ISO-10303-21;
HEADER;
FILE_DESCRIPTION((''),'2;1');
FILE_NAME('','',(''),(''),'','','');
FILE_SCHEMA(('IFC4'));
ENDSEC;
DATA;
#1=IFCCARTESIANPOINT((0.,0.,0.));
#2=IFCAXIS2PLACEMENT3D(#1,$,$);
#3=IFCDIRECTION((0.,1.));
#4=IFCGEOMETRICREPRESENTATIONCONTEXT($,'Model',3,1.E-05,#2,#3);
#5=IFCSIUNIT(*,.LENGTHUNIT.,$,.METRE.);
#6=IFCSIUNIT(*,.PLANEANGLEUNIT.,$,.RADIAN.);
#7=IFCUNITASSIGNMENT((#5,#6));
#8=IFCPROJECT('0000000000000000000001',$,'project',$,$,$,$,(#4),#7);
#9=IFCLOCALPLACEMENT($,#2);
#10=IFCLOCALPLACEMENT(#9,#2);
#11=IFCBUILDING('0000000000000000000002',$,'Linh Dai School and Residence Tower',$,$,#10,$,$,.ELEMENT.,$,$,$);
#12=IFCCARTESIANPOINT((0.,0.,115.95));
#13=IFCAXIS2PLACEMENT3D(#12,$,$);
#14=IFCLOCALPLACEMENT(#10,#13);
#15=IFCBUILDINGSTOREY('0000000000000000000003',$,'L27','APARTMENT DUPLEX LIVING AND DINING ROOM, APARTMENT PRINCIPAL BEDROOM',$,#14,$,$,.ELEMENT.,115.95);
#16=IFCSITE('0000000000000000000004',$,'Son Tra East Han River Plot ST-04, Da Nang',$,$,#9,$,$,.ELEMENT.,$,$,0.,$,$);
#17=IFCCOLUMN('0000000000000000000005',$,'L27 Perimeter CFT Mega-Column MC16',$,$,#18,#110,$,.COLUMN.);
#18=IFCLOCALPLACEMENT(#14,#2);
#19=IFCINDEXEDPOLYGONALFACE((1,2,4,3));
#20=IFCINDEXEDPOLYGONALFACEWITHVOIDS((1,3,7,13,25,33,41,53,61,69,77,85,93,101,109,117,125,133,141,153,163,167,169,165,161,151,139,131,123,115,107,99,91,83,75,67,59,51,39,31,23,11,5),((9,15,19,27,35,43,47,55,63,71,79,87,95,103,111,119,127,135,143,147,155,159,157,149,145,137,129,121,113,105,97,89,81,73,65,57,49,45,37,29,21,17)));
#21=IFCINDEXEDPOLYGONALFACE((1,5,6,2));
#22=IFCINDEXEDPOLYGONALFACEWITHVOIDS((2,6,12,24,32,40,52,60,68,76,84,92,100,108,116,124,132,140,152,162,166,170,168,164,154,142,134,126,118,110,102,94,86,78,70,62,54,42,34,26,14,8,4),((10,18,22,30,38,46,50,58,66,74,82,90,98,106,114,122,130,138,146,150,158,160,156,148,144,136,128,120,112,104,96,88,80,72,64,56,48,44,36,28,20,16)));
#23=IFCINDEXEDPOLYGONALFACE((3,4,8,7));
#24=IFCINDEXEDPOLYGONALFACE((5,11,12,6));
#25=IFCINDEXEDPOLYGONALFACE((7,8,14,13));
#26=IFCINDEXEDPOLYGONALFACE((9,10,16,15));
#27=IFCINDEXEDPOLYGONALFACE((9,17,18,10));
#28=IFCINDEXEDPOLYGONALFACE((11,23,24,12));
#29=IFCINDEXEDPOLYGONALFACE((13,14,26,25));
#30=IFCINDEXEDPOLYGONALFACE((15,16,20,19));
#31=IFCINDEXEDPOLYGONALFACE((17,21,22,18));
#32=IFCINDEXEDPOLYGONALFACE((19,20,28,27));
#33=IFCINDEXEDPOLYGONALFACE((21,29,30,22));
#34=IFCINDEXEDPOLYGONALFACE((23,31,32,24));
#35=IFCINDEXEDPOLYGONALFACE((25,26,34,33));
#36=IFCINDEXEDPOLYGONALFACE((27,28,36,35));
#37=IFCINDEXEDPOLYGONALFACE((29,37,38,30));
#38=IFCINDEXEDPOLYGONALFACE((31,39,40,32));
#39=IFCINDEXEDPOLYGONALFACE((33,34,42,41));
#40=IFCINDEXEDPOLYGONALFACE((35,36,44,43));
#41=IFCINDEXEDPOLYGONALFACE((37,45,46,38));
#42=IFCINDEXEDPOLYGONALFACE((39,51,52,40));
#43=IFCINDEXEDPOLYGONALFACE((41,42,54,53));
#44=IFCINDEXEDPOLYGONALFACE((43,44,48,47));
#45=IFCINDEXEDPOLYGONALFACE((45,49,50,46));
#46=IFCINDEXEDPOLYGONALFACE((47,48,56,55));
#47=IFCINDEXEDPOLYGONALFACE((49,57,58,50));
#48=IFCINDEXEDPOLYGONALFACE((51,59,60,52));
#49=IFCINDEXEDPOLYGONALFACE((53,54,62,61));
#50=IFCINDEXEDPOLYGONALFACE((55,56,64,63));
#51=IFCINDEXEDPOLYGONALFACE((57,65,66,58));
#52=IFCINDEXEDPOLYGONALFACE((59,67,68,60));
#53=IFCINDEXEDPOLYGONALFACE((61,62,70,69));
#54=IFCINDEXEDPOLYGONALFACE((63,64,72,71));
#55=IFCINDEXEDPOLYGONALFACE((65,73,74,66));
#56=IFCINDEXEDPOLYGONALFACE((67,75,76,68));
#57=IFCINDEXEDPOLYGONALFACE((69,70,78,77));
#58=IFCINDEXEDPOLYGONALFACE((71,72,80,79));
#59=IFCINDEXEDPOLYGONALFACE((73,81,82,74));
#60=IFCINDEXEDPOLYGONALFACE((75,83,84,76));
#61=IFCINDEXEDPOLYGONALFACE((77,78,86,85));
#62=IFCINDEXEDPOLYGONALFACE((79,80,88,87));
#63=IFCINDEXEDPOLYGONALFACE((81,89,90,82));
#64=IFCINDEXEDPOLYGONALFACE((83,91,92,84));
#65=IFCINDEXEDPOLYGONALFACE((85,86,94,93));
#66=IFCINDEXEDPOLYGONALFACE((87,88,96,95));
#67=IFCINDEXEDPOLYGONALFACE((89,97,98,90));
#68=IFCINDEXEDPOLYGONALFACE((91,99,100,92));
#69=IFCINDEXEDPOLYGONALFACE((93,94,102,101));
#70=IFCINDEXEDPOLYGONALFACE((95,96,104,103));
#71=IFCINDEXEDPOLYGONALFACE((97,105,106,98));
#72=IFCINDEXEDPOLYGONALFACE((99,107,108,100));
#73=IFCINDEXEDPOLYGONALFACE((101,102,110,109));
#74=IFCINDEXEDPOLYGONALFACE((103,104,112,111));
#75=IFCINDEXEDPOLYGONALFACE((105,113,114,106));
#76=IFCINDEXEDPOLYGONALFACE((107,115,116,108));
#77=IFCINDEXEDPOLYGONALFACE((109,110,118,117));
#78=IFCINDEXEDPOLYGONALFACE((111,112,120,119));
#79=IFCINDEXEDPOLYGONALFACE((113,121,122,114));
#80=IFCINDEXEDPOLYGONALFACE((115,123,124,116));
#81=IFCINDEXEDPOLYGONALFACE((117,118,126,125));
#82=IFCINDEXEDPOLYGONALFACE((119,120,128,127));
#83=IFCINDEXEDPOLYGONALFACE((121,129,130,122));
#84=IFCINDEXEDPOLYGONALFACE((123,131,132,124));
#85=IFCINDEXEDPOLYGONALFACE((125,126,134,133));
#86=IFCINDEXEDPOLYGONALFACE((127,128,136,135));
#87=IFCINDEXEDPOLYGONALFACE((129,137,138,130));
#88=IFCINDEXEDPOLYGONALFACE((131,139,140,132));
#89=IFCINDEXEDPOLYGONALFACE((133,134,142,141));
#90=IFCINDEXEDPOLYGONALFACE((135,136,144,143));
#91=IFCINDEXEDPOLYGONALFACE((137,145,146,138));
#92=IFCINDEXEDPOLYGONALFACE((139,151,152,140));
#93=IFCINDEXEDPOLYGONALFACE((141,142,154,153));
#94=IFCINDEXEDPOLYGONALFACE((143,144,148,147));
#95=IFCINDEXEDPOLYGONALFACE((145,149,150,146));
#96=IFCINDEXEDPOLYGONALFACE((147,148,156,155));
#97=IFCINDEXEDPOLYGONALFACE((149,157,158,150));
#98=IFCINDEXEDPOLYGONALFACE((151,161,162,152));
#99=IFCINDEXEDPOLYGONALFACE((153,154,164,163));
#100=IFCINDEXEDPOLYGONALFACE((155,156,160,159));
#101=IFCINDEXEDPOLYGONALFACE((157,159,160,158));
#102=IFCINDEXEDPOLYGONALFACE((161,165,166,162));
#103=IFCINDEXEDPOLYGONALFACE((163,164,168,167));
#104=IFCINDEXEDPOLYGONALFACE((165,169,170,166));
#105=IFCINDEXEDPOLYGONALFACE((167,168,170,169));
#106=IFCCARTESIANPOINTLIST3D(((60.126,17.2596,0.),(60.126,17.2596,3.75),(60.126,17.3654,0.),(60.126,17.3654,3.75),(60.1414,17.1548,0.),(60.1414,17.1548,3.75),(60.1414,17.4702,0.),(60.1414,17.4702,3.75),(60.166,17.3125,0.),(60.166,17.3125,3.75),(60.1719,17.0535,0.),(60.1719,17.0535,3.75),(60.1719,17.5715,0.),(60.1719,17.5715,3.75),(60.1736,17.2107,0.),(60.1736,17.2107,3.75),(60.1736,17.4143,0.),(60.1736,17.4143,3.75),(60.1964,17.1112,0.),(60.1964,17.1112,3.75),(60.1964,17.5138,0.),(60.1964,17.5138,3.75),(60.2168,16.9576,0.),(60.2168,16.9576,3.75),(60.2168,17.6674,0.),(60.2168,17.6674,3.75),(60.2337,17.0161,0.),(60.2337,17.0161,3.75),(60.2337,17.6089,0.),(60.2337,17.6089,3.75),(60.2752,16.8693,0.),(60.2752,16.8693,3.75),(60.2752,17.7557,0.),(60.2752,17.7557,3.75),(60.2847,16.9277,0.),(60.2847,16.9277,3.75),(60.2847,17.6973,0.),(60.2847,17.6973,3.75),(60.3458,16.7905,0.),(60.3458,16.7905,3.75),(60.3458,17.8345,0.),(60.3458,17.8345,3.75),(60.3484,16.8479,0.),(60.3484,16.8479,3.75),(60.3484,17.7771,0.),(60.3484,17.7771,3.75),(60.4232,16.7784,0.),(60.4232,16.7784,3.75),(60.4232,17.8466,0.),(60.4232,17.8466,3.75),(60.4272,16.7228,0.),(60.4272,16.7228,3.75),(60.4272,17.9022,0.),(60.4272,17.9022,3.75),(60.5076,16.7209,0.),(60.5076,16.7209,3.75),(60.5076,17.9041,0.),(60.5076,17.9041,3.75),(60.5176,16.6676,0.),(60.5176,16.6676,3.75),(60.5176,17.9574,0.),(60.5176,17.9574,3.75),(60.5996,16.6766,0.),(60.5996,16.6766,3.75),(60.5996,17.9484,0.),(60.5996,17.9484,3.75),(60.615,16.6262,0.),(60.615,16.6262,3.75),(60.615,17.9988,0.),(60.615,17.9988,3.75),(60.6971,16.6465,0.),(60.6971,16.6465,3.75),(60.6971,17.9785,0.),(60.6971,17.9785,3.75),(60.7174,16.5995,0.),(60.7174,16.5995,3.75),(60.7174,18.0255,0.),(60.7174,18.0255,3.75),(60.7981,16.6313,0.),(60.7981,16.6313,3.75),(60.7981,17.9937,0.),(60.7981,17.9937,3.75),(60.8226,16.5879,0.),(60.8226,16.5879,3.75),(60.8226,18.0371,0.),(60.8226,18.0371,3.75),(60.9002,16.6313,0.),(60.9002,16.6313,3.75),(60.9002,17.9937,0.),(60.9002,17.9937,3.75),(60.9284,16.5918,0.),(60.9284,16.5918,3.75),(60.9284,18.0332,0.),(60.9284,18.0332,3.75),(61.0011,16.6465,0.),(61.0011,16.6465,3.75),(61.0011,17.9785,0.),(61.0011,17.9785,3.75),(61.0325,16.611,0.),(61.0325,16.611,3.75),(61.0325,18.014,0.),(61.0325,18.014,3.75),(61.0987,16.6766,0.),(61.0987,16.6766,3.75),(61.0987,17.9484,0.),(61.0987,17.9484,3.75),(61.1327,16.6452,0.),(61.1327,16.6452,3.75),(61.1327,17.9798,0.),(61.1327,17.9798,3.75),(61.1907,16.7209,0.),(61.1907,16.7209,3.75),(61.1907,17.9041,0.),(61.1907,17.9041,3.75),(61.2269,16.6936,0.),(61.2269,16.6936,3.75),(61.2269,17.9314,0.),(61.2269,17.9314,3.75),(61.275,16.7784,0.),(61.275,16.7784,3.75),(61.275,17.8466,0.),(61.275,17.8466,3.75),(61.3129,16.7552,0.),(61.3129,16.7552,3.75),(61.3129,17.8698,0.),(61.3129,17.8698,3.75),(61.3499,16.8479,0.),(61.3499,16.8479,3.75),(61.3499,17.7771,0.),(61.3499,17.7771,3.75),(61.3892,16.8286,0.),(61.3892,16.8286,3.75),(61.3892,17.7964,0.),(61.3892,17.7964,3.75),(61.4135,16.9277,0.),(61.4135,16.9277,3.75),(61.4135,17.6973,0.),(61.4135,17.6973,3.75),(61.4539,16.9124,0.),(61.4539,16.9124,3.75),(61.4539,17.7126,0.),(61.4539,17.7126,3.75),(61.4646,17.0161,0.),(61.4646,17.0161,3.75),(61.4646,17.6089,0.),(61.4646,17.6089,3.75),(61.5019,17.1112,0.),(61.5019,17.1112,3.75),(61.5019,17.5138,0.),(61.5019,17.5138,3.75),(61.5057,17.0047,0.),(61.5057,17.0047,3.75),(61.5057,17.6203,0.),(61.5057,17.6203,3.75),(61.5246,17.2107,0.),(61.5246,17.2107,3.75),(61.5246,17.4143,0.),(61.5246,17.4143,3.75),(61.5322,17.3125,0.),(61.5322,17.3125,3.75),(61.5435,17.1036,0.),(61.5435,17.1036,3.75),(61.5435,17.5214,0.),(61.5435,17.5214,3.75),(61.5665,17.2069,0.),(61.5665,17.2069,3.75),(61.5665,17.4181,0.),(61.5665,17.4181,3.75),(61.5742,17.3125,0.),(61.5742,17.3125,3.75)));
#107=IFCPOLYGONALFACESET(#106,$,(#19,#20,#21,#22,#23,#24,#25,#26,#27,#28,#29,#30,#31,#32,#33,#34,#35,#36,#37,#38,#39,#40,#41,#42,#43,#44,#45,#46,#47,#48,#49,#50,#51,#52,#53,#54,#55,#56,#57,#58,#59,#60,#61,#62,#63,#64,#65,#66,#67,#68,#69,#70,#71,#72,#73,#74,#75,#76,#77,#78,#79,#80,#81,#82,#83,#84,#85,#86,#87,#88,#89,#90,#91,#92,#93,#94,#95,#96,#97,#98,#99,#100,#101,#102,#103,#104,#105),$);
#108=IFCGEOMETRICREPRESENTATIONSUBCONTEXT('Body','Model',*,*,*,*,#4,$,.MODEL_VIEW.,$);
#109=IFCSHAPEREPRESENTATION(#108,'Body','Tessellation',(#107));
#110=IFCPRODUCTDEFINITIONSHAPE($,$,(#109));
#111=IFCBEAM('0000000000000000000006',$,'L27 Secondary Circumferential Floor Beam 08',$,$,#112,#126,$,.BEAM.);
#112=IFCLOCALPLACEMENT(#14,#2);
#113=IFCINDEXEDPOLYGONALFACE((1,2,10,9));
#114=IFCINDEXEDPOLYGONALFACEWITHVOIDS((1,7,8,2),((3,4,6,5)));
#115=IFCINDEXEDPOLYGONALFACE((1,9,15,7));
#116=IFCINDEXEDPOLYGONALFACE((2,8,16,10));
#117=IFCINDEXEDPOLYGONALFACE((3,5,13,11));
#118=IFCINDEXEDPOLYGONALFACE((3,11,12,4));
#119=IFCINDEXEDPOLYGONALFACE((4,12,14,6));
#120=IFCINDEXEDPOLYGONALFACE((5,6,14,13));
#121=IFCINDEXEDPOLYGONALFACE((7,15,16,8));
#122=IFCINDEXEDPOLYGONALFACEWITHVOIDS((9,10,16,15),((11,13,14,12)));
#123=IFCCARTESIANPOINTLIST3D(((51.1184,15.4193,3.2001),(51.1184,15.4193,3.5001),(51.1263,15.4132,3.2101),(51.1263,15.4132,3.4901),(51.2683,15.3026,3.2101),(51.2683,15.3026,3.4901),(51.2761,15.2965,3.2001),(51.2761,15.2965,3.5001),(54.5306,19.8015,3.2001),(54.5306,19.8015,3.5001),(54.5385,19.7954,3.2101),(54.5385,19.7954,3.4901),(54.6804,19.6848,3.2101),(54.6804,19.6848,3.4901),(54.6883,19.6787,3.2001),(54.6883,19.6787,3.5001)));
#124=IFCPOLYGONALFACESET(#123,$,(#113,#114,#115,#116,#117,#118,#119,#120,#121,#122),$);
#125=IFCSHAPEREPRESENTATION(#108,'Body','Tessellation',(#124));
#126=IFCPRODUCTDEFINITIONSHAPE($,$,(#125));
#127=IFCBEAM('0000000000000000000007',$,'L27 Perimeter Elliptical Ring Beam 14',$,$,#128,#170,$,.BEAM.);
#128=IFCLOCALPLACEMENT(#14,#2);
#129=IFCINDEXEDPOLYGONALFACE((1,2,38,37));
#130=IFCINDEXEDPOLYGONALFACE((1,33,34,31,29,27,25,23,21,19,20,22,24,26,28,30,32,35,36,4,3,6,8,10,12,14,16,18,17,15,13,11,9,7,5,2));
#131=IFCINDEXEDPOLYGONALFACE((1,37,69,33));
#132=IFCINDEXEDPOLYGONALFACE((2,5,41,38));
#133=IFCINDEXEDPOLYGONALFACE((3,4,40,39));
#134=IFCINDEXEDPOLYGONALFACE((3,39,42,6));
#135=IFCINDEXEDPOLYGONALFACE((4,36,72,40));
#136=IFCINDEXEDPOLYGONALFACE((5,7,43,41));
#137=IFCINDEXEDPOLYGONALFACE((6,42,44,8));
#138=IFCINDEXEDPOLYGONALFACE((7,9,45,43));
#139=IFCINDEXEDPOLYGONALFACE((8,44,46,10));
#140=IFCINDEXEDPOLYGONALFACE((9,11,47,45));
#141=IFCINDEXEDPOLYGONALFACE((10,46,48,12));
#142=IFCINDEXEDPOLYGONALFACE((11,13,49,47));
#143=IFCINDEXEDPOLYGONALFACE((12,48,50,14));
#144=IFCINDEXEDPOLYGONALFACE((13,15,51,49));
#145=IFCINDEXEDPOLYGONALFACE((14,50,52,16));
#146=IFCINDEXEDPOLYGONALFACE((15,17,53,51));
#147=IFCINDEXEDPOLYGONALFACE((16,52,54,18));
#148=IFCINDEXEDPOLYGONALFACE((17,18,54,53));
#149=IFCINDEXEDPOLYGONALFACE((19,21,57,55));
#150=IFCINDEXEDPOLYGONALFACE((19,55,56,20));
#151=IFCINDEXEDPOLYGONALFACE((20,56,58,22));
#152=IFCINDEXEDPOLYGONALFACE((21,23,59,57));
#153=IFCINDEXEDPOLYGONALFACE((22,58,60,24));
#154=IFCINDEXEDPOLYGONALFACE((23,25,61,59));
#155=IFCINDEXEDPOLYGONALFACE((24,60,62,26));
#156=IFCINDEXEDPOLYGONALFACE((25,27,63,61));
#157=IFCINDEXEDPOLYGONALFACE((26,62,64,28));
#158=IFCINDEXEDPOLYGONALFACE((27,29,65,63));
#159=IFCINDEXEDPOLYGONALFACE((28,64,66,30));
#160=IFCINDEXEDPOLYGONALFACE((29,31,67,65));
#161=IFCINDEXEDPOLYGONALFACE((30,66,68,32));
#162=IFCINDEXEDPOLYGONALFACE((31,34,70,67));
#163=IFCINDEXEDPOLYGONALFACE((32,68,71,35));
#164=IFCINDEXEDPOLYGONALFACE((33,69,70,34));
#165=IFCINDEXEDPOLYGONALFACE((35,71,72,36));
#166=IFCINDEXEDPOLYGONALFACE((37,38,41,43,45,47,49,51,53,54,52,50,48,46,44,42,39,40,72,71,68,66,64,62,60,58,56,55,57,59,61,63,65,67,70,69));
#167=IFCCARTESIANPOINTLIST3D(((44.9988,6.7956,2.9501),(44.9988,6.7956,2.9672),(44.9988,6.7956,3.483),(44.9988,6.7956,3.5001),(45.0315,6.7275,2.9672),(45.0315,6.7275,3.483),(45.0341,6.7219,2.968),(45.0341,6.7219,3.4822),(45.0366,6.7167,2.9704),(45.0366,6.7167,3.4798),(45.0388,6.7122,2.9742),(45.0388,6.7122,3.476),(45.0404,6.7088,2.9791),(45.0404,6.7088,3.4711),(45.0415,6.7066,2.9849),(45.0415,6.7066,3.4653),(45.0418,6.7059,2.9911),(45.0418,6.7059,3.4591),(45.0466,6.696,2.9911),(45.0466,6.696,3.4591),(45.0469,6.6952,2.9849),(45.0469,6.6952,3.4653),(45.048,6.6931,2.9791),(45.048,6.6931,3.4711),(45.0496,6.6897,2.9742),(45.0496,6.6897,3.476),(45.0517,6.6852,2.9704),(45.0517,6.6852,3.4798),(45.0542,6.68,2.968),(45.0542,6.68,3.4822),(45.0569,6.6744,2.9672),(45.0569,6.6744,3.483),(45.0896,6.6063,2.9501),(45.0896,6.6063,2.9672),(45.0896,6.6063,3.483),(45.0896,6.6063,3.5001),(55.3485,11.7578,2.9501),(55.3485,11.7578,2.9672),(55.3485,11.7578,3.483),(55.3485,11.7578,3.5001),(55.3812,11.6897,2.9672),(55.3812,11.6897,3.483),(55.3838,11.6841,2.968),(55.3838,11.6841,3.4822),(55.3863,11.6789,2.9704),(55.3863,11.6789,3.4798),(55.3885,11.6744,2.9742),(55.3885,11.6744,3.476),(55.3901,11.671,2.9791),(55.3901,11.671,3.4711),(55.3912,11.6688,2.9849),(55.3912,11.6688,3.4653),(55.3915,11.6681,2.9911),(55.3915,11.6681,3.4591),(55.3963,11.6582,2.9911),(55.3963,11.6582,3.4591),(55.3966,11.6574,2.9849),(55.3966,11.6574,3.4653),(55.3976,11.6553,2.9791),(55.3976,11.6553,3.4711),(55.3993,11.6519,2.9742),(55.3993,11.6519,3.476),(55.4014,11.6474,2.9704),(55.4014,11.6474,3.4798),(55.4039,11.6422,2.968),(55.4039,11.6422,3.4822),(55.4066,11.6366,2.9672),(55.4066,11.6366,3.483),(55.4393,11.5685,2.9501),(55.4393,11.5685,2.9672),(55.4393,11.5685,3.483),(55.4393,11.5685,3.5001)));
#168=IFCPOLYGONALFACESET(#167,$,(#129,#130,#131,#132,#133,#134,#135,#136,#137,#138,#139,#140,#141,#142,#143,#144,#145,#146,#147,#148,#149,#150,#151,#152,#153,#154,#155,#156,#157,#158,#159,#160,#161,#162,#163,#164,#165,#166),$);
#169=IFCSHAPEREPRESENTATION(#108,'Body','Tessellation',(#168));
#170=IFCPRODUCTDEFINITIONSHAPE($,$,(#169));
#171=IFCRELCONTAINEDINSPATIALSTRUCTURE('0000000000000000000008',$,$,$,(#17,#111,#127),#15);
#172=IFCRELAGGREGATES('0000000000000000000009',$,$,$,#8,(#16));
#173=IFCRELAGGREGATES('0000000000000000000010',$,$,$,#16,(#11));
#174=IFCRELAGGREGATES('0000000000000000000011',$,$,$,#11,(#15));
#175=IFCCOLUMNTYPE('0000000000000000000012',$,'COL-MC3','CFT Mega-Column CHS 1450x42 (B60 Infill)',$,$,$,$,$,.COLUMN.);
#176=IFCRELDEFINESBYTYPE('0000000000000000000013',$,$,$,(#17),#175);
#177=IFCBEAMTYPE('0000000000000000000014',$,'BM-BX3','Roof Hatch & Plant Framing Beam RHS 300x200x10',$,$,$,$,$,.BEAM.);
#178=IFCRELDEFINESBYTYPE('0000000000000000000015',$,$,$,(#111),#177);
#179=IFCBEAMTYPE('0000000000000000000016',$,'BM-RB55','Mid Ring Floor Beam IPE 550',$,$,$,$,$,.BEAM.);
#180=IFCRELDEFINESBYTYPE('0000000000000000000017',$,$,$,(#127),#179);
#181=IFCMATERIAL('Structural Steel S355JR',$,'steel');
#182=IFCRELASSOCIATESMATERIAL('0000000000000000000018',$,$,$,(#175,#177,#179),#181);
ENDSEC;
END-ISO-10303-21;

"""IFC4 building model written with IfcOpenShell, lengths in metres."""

from ifc_helpers import new_model, si_unit, direction, frame, origin, origin_2d, place, context, subcontext, project, spatial, hollow_rectangle, hollow_circle, i_section, extrude, material, material_profile, profile_set, type_object, element, save


model = new_model("IFC4")

# Units and contexts
model_context = context("Model", 3, precision=1e-05, world=origin(), true_north=direction((0.0, 1.0)))
body_context = subcontext(model_context, "Body", "Model", "MODEL_VIEW")
ifc_project = project(units=[si_unit("LENGTHUNIT", "METRE"), si_unit("PLANEANGLEUNIT", "RADIAN")], contexts=[model_context])

# Site, building, storey
site_placement = place(None, origin())
site = spatial("IfcSite", under=ifc_project, at=site_placement, Name="Son Tra East Han River Plot ST-04, Da Nang", CompositionType="ELEMENT", RefElevation=0.0)
building_placement = place(site_placement, origin())
building = spatial("IfcBuilding", under=site, at=building_placement, Name="Linh Dai School and Residence Tower", CompositionType="ELEMENT")
storey_placement = place(building_placement, frame((0.0, 0.0, 115.95)))
storey = spatial("IfcBuildingStorey", under=building, at=storey_placement, Name="L27", Description="APARTMENT DUPLEX LIVING AND DINING ROOM, APARTMENT PRINCIPAL BEDROOM", CompositionType="ELEMENT", Elevation=115.95)

# Column
ifc_material_1 = material(Name="Structural Steel S355JR", Category="steel")
ifc_material_profile_1 = material_profile(ifc_material_1, hollow_circle(Radius=0.7251, WallThickness=0.042, at=origin_2d()), Name="CHS 1450x42")
ifc_profile_set_1 = profile_set([ifc_material_profile_1], Name="Structural Steel S355JR")
column_type = type_object("IfcColumnType", Name="COL-MC3", Description="CFT Mega-Column CHS 1450x42 (B60 Infill)", PredefinedType="COLUMN", material=ifc_profile_set_1)
for number, where, z_axis, x_axis, name in (
    (1, (60.8491, 17.3125, 0.0), (0.0, 0.0, 1.0), (1.0, 0.0, 0.0), "L27 Perimeter CFT Mega-Column MC16"),
):
    element("IfcColumn", number, at=place(storey_placement, frame(where, z_axis=z_axis, x_axis=x_axis)), inside=storey, type_object=column_type, Name=name, PredefinedType="COLUMN", context=body_context, shape_type="SweptSolid", body=[
        extrude(hollow_circle(Radius=0.7251, WallThickness=0.042, at=origin_2d()), origin(), (0.0, 0.0, 1.0), 3.75),
    ])

# Beams
ifc_material_profile_2 = material_profile(ifc_material_1, hollow_rectangle(XDim=0.2, YDim=0.3, WallThickness=0.01, at=origin_2d()), Name="RHS 300x200x10")
ifc_profile_set_2 = profile_set([ifc_material_profile_2], Name="Structural Steel S355JR")
beam_type_1 = type_object("IfcBeamType", Name="BM-BX3", Description="Roof Hatch & Plant Framing Beam RHS 300x200x10", PredefinedType="BEAM", material=ifc_profile_set_2)
beam_1_placement = place(storey_placement, frame((51.1973, 15.3579, 3.3501), z_axis=(0.61437, 0.789018, 0.0), x_axis=(-0.789018, 0.61437, 0.0)))
element("IfcBeam", 2, at=beam_1_placement, inside=storey, type_object=beam_type_1, Name="L27 Secondary Circumferential Floor Beam 08", PredefinedType="BEAM", context=body_context, shape_type="SweptSolid", body=[
    extrude(hollow_rectangle(XDim=0.2, YDim=0.3, WallThickness=0.01, at=origin_2d()), origin(), (0.0, 0.0, 1.0), 5.554),
])
ifc_material_profile_3 = material_profile(ifc_material_1, i_section(OverallWidth=0.21, OverallDepth=0.55, WebThickness=0.011, FlangeThickness=0.0171, FilletRadius=0.0239, at=origin_2d()), Name="IPE 550")
ifc_profile_set_3 = profile_set([ifc_material_profile_3], Name="Structural Steel S355JR")
beam_type_2 = type_object("IfcBeamType", Name="BM-RB55", Description="Mid Ring Floor Beam IPE 550", PredefinedType="BEAM", material=ifc_profile_set_3)
beam_2_placement = place(storey_placement, frame((45.0442, 6.7009, 3.2251), z_axis=(0.901715, 0.432331, 0.0), x_axis=(-0.432331, 0.901715, 0.0)))
element("IfcBeam", 3, at=beam_2_placement, inside=storey, type_object=beam_type_2, Name="L27 Perimeter Elliptical Ring Beam 14", PredefinedType="BEAM", context=body_context, shape_type="SweptSolid", body=[
    extrude(i_section(OverallWidth=0.21, OverallDepth=0.55, WebThickness=0.011, FlangeThickness=0.0171, FilletRadius=0.0239, at=origin_2d()), origin(), (0.0, 0.0, 1.0), 11.4778),
])

save(model, "model.ifc")
